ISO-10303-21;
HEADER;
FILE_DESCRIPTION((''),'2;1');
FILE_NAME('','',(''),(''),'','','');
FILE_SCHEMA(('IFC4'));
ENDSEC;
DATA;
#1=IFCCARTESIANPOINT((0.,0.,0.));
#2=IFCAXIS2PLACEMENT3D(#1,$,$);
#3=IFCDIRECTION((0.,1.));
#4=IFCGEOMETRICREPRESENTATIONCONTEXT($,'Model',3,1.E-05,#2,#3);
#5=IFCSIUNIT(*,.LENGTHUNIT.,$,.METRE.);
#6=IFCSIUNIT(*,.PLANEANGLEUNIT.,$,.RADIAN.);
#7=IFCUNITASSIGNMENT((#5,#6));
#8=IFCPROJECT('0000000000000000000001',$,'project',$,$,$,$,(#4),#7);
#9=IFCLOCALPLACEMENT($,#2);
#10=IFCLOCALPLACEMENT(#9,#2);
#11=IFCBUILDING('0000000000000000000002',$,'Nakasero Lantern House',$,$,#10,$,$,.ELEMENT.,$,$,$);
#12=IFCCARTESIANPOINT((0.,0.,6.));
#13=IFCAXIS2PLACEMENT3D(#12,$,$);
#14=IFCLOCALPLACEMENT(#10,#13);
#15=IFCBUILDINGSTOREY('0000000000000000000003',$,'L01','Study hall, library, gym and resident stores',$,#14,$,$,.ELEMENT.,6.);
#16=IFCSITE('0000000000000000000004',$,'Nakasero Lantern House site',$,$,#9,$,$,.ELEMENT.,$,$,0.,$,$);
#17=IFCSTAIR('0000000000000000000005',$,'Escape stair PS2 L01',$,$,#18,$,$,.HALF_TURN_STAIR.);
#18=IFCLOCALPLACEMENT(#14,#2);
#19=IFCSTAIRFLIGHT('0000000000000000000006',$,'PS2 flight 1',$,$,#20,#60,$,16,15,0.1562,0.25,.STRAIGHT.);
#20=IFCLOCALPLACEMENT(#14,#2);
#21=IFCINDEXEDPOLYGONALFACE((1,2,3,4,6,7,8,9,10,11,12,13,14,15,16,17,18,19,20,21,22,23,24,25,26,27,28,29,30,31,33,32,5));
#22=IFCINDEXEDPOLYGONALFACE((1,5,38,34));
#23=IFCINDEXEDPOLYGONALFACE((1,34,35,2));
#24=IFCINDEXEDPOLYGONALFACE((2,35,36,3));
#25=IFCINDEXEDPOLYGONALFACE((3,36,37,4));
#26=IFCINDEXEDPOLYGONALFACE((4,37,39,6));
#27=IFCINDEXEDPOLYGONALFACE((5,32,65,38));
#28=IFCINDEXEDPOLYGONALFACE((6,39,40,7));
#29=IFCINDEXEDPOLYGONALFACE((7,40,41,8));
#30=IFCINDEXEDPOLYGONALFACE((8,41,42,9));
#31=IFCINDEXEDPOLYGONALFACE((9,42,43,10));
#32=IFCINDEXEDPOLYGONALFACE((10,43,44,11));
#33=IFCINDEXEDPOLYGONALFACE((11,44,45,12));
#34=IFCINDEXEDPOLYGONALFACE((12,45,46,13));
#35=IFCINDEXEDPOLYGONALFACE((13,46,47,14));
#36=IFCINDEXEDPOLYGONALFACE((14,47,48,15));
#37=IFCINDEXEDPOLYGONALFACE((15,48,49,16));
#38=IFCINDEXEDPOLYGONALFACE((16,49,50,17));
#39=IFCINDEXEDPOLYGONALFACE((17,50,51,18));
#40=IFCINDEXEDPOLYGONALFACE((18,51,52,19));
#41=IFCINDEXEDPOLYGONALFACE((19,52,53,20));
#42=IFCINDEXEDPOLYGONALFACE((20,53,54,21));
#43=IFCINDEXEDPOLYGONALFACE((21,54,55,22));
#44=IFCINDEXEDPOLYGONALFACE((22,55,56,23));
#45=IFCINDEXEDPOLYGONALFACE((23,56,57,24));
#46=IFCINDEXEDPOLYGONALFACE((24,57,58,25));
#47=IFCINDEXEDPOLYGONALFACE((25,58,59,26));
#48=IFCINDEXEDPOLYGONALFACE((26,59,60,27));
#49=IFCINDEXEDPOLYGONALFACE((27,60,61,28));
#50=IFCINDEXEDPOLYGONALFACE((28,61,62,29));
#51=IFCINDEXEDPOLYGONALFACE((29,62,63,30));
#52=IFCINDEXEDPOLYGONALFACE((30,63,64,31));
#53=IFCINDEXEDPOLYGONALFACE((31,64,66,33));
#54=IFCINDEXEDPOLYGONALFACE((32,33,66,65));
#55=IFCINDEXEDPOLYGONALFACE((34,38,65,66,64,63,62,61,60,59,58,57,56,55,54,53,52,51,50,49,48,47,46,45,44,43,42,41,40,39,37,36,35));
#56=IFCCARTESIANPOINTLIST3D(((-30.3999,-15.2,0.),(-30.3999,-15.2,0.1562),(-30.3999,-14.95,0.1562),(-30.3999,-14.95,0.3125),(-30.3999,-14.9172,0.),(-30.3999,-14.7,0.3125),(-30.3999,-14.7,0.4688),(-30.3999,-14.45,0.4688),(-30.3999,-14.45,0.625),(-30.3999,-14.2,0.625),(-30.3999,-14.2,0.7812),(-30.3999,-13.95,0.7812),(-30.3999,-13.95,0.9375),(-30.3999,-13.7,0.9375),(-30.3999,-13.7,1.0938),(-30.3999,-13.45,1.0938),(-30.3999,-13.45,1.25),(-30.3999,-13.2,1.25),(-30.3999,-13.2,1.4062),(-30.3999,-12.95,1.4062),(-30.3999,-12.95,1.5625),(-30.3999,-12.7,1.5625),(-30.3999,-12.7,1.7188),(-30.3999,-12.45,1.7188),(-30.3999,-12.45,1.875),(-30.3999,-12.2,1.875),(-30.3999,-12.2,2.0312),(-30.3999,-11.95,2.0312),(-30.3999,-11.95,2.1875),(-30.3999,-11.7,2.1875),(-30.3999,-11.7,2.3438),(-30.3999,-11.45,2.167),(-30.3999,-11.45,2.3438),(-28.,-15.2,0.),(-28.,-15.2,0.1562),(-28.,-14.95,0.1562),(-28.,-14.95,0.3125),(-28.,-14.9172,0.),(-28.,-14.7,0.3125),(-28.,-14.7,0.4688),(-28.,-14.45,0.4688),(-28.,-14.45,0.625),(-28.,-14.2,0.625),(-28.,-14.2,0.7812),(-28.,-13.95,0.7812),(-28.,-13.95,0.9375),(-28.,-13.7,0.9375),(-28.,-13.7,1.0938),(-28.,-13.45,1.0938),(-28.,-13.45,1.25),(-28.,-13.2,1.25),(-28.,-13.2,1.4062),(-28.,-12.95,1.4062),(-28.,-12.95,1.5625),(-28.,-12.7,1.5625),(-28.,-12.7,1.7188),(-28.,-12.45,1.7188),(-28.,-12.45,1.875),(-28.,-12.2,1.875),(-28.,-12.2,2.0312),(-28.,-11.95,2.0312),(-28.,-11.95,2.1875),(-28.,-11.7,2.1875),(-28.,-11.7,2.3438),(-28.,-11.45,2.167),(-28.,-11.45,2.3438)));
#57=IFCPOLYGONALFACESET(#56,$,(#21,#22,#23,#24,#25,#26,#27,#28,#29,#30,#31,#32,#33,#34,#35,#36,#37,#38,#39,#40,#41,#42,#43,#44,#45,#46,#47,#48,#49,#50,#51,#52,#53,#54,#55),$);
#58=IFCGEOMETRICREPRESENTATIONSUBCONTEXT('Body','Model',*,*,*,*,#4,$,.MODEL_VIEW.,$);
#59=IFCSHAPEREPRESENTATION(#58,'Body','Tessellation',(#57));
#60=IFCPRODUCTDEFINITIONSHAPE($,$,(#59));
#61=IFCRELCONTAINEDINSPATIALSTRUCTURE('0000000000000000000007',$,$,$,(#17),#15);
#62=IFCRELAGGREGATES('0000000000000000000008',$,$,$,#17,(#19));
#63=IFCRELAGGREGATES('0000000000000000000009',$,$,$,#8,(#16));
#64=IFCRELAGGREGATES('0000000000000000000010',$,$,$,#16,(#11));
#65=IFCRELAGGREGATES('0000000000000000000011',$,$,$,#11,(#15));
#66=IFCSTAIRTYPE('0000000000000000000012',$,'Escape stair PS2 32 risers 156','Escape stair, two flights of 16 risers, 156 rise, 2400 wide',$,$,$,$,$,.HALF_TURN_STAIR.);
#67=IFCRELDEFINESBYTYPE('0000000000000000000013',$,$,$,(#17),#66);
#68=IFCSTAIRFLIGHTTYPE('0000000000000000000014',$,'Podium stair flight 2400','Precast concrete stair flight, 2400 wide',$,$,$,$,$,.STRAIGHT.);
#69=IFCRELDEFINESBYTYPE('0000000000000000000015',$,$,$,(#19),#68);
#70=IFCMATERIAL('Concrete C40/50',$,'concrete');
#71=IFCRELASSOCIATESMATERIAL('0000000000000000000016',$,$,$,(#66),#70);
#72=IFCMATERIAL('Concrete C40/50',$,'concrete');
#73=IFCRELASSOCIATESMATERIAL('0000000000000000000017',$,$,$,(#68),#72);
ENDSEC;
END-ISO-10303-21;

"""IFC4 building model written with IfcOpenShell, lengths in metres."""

from ifc_helpers import new_model, si_unit, direction, frame, origin, place, context, subcontext, project, spatial, polyline, outline, extrude, material, type_object, element, aggregate, save


model = new_model("IFC4")

# Units and contexts
model_context = context("Model", 3, precision=1e-05, world=origin(), true_north=direction((0.0, 1.0)))
body_context = subcontext(model_context, "Body", "Model", "MODEL_VIEW")
ifc_project = project(units=[si_unit("LENGTHUNIT", "METRE"), si_unit("PLANEANGLEUNIT", "RADIAN")], contexts=[model_context])

# Site, building, storey
site_placement = place(None, origin())
site = spatial("IfcSite", under=ifc_project, at=site_placement, Name="Nakasero Lantern House site", CompositionType="ELEMENT", RefElevation=0.0)
building_placement = place(site_placement, origin())
building = spatial("IfcBuilding", under=site, at=building_placement, Name="Nakasero Lantern House", CompositionType="ELEMENT")
storey_placement = place(building_placement, frame((0.0, 0.0, 6.0)))
storey = spatial("IfcBuildingStorey", under=building, at=storey_placement, Name="L01", Description="Study hall, library, gym and resident stores", CompositionType="ELEMENT", Elevation=6.0)

# Stair, stair flight
ifc_material_1 = material(Name="Concrete C40/50", Category="concrete")
stair_type = type_object("IfcStairType", Name="Escape stair PS2 32 risers 156", Description="Escape stair, two flights of 16 risers, 156 rise, 2400 wide", PredefinedType="HALF_TURN_STAIR", material=ifc_material_1)
stair_placement = place(storey_placement, origin())
stair = element("IfcStair", 1, at=stair_placement, inside=storey, type_object=stair_type, Name="Escape stair PS2 L01", PredefinedType="HALF_TURN_STAIR")
ifc_material_2 = material(Name="Concrete C40/50", Category="concrete")
stair_flight_type = type_object("IfcStairFlightType", Name="Podium stair flight 2400", Description="Precast concrete stair flight, 2400 wide", PredefinedType="STRAIGHT", material=ifc_material_2)
stair_flight_placement = place(storey_placement, frame((-29.2, -15.2, 0.0), z_axis=(0.0, 0.0, 1.0), x_axis=(0.0, 1.0, 0.0)))
stair_flight = element("IfcStairFlight", 2, at=stair_flight_placement, type_object=stair_flight_type, Name="PS2 flight 1", NumberOfRisers=16, NumberOfTreads=15, PredefinedType="STRAIGHT", RiserHeight=0.1562, TreadLength=0.25, context=body_context, shape_type="SweptSolid", body=[
    extrude(outline(polyline([(0.0, 0.0), (0.0, 0.1562), (0.25, 0.1562), (0.25, 0.3125), (0.5, 0.3125), (0.5, 0.4688), (0.75, 0.4688), (0.75, 0.625), (1.0, 0.625), (1.0, 0.7812), (1.25, 0.7812), (1.25, 0.9375), (1.5, 0.9375), (1.5, 1.0938), (1.75, 1.0938), (1.75, 1.25), (2.0, 1.25), (2.0, 1.4062), (2.25, 1.4062), (2.25, 1.5625), (2.5, 1.5625), (2.5, 1.7188), (2.75, 1.7188), (2.75, 1.875), (3.0, 1.875), (3.0, 2.0312), (3.25, 2.0312), (3.25, 2.1875), (3.5, 2.1875), (3.5, 2.3438), (3.75, 2.3438), (3.75, 2.5), (3.75, 2.167), (0.2827, 0.0), (0.0, 0.0)])), frame((0.0, 1.2, 0.0), z_axis=(0.0, -1.0, 0.0), x_axis=(1.0, 0.0, 0.0)), (0.0, 0.0, 1.0), 2.3999),
])
aggregate(stair, [stair_flight])

save(model, "model.ifc")
